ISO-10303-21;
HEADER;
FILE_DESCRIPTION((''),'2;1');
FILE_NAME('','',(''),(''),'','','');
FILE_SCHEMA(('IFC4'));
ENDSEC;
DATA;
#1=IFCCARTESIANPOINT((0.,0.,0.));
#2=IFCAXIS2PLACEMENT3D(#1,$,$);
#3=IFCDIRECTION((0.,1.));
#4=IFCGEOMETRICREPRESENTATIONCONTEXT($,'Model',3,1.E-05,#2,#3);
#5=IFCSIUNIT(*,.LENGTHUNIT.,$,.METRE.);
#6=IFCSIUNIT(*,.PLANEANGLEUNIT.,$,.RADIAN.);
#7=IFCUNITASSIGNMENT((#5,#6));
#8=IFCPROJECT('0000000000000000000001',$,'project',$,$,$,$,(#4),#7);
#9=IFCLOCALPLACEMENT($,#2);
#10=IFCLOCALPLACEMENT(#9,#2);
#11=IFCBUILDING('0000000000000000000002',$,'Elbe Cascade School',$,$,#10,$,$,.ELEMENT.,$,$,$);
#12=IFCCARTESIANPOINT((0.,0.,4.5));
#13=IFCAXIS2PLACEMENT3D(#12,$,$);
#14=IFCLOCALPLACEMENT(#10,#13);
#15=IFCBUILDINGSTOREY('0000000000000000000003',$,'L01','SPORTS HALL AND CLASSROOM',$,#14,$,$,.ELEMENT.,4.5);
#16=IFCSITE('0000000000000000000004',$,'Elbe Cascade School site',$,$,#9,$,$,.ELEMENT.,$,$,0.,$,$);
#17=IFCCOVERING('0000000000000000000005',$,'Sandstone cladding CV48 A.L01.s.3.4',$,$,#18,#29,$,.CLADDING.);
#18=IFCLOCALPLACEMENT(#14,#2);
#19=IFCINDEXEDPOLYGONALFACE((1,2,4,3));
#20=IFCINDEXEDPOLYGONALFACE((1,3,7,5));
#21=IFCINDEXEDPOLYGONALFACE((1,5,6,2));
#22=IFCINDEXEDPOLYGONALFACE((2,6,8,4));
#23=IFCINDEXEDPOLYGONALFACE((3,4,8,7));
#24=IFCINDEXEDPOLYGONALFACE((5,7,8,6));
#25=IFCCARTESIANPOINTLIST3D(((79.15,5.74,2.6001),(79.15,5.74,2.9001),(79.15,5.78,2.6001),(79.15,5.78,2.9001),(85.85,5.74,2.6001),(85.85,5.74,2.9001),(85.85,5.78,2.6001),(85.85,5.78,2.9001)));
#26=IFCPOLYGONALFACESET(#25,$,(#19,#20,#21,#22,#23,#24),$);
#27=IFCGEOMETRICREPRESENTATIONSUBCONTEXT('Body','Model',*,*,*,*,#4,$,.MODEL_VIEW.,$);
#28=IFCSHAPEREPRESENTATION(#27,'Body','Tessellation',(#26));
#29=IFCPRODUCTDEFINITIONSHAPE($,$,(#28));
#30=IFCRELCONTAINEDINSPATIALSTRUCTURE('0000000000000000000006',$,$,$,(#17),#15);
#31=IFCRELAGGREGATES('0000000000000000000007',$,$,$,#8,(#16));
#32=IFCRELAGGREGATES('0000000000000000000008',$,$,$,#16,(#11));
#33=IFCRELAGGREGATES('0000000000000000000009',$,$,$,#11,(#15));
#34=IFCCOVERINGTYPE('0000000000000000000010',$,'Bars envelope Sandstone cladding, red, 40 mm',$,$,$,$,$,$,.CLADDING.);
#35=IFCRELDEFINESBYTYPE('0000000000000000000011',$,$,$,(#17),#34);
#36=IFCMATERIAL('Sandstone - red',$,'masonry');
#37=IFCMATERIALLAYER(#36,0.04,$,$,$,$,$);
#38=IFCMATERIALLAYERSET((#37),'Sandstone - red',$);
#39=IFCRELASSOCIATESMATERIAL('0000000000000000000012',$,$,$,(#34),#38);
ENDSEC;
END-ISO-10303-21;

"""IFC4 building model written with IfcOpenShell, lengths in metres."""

from ifc_helpers import new_model, si_unit, direction, frame, origin, origin_2d, place, context, subcontext, project, spatial, rectangle, extrude, material, layer, layer_set, type_object, element, save


model = new_model("IFC4")

# Units and contexts
model_context = context("Model", 3, precision=1e-05, world=origin(), true_north=direction((0.0, 1.0)))
body_context = subcontext(model_context, "Body", "Model", "MODEL_VIEW")
ifc_project = project(units=[si_unit("LENGTHUNIT", "METRE"), si_unit("PLANEANGLEUNIT", "RADIAN")], contexts=[model_context])

# Site, building, storey
site_placement = place(None, origin())
site = spatial("IfcSite", under=ifc_project, at=site_placement, Name="Elbe Cascade School site", CompositionType="ELEMENT", RefElevation=0.0)
building_placement = place(site_placement, origin())
building = spatial("IfcBuilding", under=site, at=building_placement, Name="Elbe Cascade School", CompositionType="ELEMENT")
storey_placement = place(building_placement, frame((0.0, 0.0, 4.5)))
storey = spatial("IfcBuildingStorey", under=building, at=storey_placement, Name="L01", Description="SPORTS HALL AND CLASSROOM", CompositionType="ELEMENT", Elevation=4.5)

# Covering
ifc_material_1 = material(Name="Sandstone - red", Category="masonry")
ifc_layer_1 = layer(ifc_material_1, 0.04)
ifc_layer_set_1 = layer_set([ifc_layer_1], Name="Sandstone - red")
covering_type = type_object("IfcCoveringType", Name="Bars envelope Sandstone cladding, red, 40 mm", PredefinedType="CLADDING", material=ifc_layer_set_1)
covering_1_placement = place(storey_placement, frame((82.5, 5.76, 2.6001), z_axis=(0.0, 0.0, 1.0), x_axis=(1.0, 0.0, 0.0)))
element("IfcCovering", 1, at=covering_1_placement, inside=storey, type_object=covering_type, Name="Sandstone cladding CV48 A.L01.s.3.4", PredefinedType="CLADDING", context=body_context, shape_type="SweptSolid", body=[
    extrude(rectangle(XDim=6.7, YDim=0.04, at=origin_2d()), origin(), (0.0, 0.0, 1.0), 0.3),
])

save(model, "model.ifc")
